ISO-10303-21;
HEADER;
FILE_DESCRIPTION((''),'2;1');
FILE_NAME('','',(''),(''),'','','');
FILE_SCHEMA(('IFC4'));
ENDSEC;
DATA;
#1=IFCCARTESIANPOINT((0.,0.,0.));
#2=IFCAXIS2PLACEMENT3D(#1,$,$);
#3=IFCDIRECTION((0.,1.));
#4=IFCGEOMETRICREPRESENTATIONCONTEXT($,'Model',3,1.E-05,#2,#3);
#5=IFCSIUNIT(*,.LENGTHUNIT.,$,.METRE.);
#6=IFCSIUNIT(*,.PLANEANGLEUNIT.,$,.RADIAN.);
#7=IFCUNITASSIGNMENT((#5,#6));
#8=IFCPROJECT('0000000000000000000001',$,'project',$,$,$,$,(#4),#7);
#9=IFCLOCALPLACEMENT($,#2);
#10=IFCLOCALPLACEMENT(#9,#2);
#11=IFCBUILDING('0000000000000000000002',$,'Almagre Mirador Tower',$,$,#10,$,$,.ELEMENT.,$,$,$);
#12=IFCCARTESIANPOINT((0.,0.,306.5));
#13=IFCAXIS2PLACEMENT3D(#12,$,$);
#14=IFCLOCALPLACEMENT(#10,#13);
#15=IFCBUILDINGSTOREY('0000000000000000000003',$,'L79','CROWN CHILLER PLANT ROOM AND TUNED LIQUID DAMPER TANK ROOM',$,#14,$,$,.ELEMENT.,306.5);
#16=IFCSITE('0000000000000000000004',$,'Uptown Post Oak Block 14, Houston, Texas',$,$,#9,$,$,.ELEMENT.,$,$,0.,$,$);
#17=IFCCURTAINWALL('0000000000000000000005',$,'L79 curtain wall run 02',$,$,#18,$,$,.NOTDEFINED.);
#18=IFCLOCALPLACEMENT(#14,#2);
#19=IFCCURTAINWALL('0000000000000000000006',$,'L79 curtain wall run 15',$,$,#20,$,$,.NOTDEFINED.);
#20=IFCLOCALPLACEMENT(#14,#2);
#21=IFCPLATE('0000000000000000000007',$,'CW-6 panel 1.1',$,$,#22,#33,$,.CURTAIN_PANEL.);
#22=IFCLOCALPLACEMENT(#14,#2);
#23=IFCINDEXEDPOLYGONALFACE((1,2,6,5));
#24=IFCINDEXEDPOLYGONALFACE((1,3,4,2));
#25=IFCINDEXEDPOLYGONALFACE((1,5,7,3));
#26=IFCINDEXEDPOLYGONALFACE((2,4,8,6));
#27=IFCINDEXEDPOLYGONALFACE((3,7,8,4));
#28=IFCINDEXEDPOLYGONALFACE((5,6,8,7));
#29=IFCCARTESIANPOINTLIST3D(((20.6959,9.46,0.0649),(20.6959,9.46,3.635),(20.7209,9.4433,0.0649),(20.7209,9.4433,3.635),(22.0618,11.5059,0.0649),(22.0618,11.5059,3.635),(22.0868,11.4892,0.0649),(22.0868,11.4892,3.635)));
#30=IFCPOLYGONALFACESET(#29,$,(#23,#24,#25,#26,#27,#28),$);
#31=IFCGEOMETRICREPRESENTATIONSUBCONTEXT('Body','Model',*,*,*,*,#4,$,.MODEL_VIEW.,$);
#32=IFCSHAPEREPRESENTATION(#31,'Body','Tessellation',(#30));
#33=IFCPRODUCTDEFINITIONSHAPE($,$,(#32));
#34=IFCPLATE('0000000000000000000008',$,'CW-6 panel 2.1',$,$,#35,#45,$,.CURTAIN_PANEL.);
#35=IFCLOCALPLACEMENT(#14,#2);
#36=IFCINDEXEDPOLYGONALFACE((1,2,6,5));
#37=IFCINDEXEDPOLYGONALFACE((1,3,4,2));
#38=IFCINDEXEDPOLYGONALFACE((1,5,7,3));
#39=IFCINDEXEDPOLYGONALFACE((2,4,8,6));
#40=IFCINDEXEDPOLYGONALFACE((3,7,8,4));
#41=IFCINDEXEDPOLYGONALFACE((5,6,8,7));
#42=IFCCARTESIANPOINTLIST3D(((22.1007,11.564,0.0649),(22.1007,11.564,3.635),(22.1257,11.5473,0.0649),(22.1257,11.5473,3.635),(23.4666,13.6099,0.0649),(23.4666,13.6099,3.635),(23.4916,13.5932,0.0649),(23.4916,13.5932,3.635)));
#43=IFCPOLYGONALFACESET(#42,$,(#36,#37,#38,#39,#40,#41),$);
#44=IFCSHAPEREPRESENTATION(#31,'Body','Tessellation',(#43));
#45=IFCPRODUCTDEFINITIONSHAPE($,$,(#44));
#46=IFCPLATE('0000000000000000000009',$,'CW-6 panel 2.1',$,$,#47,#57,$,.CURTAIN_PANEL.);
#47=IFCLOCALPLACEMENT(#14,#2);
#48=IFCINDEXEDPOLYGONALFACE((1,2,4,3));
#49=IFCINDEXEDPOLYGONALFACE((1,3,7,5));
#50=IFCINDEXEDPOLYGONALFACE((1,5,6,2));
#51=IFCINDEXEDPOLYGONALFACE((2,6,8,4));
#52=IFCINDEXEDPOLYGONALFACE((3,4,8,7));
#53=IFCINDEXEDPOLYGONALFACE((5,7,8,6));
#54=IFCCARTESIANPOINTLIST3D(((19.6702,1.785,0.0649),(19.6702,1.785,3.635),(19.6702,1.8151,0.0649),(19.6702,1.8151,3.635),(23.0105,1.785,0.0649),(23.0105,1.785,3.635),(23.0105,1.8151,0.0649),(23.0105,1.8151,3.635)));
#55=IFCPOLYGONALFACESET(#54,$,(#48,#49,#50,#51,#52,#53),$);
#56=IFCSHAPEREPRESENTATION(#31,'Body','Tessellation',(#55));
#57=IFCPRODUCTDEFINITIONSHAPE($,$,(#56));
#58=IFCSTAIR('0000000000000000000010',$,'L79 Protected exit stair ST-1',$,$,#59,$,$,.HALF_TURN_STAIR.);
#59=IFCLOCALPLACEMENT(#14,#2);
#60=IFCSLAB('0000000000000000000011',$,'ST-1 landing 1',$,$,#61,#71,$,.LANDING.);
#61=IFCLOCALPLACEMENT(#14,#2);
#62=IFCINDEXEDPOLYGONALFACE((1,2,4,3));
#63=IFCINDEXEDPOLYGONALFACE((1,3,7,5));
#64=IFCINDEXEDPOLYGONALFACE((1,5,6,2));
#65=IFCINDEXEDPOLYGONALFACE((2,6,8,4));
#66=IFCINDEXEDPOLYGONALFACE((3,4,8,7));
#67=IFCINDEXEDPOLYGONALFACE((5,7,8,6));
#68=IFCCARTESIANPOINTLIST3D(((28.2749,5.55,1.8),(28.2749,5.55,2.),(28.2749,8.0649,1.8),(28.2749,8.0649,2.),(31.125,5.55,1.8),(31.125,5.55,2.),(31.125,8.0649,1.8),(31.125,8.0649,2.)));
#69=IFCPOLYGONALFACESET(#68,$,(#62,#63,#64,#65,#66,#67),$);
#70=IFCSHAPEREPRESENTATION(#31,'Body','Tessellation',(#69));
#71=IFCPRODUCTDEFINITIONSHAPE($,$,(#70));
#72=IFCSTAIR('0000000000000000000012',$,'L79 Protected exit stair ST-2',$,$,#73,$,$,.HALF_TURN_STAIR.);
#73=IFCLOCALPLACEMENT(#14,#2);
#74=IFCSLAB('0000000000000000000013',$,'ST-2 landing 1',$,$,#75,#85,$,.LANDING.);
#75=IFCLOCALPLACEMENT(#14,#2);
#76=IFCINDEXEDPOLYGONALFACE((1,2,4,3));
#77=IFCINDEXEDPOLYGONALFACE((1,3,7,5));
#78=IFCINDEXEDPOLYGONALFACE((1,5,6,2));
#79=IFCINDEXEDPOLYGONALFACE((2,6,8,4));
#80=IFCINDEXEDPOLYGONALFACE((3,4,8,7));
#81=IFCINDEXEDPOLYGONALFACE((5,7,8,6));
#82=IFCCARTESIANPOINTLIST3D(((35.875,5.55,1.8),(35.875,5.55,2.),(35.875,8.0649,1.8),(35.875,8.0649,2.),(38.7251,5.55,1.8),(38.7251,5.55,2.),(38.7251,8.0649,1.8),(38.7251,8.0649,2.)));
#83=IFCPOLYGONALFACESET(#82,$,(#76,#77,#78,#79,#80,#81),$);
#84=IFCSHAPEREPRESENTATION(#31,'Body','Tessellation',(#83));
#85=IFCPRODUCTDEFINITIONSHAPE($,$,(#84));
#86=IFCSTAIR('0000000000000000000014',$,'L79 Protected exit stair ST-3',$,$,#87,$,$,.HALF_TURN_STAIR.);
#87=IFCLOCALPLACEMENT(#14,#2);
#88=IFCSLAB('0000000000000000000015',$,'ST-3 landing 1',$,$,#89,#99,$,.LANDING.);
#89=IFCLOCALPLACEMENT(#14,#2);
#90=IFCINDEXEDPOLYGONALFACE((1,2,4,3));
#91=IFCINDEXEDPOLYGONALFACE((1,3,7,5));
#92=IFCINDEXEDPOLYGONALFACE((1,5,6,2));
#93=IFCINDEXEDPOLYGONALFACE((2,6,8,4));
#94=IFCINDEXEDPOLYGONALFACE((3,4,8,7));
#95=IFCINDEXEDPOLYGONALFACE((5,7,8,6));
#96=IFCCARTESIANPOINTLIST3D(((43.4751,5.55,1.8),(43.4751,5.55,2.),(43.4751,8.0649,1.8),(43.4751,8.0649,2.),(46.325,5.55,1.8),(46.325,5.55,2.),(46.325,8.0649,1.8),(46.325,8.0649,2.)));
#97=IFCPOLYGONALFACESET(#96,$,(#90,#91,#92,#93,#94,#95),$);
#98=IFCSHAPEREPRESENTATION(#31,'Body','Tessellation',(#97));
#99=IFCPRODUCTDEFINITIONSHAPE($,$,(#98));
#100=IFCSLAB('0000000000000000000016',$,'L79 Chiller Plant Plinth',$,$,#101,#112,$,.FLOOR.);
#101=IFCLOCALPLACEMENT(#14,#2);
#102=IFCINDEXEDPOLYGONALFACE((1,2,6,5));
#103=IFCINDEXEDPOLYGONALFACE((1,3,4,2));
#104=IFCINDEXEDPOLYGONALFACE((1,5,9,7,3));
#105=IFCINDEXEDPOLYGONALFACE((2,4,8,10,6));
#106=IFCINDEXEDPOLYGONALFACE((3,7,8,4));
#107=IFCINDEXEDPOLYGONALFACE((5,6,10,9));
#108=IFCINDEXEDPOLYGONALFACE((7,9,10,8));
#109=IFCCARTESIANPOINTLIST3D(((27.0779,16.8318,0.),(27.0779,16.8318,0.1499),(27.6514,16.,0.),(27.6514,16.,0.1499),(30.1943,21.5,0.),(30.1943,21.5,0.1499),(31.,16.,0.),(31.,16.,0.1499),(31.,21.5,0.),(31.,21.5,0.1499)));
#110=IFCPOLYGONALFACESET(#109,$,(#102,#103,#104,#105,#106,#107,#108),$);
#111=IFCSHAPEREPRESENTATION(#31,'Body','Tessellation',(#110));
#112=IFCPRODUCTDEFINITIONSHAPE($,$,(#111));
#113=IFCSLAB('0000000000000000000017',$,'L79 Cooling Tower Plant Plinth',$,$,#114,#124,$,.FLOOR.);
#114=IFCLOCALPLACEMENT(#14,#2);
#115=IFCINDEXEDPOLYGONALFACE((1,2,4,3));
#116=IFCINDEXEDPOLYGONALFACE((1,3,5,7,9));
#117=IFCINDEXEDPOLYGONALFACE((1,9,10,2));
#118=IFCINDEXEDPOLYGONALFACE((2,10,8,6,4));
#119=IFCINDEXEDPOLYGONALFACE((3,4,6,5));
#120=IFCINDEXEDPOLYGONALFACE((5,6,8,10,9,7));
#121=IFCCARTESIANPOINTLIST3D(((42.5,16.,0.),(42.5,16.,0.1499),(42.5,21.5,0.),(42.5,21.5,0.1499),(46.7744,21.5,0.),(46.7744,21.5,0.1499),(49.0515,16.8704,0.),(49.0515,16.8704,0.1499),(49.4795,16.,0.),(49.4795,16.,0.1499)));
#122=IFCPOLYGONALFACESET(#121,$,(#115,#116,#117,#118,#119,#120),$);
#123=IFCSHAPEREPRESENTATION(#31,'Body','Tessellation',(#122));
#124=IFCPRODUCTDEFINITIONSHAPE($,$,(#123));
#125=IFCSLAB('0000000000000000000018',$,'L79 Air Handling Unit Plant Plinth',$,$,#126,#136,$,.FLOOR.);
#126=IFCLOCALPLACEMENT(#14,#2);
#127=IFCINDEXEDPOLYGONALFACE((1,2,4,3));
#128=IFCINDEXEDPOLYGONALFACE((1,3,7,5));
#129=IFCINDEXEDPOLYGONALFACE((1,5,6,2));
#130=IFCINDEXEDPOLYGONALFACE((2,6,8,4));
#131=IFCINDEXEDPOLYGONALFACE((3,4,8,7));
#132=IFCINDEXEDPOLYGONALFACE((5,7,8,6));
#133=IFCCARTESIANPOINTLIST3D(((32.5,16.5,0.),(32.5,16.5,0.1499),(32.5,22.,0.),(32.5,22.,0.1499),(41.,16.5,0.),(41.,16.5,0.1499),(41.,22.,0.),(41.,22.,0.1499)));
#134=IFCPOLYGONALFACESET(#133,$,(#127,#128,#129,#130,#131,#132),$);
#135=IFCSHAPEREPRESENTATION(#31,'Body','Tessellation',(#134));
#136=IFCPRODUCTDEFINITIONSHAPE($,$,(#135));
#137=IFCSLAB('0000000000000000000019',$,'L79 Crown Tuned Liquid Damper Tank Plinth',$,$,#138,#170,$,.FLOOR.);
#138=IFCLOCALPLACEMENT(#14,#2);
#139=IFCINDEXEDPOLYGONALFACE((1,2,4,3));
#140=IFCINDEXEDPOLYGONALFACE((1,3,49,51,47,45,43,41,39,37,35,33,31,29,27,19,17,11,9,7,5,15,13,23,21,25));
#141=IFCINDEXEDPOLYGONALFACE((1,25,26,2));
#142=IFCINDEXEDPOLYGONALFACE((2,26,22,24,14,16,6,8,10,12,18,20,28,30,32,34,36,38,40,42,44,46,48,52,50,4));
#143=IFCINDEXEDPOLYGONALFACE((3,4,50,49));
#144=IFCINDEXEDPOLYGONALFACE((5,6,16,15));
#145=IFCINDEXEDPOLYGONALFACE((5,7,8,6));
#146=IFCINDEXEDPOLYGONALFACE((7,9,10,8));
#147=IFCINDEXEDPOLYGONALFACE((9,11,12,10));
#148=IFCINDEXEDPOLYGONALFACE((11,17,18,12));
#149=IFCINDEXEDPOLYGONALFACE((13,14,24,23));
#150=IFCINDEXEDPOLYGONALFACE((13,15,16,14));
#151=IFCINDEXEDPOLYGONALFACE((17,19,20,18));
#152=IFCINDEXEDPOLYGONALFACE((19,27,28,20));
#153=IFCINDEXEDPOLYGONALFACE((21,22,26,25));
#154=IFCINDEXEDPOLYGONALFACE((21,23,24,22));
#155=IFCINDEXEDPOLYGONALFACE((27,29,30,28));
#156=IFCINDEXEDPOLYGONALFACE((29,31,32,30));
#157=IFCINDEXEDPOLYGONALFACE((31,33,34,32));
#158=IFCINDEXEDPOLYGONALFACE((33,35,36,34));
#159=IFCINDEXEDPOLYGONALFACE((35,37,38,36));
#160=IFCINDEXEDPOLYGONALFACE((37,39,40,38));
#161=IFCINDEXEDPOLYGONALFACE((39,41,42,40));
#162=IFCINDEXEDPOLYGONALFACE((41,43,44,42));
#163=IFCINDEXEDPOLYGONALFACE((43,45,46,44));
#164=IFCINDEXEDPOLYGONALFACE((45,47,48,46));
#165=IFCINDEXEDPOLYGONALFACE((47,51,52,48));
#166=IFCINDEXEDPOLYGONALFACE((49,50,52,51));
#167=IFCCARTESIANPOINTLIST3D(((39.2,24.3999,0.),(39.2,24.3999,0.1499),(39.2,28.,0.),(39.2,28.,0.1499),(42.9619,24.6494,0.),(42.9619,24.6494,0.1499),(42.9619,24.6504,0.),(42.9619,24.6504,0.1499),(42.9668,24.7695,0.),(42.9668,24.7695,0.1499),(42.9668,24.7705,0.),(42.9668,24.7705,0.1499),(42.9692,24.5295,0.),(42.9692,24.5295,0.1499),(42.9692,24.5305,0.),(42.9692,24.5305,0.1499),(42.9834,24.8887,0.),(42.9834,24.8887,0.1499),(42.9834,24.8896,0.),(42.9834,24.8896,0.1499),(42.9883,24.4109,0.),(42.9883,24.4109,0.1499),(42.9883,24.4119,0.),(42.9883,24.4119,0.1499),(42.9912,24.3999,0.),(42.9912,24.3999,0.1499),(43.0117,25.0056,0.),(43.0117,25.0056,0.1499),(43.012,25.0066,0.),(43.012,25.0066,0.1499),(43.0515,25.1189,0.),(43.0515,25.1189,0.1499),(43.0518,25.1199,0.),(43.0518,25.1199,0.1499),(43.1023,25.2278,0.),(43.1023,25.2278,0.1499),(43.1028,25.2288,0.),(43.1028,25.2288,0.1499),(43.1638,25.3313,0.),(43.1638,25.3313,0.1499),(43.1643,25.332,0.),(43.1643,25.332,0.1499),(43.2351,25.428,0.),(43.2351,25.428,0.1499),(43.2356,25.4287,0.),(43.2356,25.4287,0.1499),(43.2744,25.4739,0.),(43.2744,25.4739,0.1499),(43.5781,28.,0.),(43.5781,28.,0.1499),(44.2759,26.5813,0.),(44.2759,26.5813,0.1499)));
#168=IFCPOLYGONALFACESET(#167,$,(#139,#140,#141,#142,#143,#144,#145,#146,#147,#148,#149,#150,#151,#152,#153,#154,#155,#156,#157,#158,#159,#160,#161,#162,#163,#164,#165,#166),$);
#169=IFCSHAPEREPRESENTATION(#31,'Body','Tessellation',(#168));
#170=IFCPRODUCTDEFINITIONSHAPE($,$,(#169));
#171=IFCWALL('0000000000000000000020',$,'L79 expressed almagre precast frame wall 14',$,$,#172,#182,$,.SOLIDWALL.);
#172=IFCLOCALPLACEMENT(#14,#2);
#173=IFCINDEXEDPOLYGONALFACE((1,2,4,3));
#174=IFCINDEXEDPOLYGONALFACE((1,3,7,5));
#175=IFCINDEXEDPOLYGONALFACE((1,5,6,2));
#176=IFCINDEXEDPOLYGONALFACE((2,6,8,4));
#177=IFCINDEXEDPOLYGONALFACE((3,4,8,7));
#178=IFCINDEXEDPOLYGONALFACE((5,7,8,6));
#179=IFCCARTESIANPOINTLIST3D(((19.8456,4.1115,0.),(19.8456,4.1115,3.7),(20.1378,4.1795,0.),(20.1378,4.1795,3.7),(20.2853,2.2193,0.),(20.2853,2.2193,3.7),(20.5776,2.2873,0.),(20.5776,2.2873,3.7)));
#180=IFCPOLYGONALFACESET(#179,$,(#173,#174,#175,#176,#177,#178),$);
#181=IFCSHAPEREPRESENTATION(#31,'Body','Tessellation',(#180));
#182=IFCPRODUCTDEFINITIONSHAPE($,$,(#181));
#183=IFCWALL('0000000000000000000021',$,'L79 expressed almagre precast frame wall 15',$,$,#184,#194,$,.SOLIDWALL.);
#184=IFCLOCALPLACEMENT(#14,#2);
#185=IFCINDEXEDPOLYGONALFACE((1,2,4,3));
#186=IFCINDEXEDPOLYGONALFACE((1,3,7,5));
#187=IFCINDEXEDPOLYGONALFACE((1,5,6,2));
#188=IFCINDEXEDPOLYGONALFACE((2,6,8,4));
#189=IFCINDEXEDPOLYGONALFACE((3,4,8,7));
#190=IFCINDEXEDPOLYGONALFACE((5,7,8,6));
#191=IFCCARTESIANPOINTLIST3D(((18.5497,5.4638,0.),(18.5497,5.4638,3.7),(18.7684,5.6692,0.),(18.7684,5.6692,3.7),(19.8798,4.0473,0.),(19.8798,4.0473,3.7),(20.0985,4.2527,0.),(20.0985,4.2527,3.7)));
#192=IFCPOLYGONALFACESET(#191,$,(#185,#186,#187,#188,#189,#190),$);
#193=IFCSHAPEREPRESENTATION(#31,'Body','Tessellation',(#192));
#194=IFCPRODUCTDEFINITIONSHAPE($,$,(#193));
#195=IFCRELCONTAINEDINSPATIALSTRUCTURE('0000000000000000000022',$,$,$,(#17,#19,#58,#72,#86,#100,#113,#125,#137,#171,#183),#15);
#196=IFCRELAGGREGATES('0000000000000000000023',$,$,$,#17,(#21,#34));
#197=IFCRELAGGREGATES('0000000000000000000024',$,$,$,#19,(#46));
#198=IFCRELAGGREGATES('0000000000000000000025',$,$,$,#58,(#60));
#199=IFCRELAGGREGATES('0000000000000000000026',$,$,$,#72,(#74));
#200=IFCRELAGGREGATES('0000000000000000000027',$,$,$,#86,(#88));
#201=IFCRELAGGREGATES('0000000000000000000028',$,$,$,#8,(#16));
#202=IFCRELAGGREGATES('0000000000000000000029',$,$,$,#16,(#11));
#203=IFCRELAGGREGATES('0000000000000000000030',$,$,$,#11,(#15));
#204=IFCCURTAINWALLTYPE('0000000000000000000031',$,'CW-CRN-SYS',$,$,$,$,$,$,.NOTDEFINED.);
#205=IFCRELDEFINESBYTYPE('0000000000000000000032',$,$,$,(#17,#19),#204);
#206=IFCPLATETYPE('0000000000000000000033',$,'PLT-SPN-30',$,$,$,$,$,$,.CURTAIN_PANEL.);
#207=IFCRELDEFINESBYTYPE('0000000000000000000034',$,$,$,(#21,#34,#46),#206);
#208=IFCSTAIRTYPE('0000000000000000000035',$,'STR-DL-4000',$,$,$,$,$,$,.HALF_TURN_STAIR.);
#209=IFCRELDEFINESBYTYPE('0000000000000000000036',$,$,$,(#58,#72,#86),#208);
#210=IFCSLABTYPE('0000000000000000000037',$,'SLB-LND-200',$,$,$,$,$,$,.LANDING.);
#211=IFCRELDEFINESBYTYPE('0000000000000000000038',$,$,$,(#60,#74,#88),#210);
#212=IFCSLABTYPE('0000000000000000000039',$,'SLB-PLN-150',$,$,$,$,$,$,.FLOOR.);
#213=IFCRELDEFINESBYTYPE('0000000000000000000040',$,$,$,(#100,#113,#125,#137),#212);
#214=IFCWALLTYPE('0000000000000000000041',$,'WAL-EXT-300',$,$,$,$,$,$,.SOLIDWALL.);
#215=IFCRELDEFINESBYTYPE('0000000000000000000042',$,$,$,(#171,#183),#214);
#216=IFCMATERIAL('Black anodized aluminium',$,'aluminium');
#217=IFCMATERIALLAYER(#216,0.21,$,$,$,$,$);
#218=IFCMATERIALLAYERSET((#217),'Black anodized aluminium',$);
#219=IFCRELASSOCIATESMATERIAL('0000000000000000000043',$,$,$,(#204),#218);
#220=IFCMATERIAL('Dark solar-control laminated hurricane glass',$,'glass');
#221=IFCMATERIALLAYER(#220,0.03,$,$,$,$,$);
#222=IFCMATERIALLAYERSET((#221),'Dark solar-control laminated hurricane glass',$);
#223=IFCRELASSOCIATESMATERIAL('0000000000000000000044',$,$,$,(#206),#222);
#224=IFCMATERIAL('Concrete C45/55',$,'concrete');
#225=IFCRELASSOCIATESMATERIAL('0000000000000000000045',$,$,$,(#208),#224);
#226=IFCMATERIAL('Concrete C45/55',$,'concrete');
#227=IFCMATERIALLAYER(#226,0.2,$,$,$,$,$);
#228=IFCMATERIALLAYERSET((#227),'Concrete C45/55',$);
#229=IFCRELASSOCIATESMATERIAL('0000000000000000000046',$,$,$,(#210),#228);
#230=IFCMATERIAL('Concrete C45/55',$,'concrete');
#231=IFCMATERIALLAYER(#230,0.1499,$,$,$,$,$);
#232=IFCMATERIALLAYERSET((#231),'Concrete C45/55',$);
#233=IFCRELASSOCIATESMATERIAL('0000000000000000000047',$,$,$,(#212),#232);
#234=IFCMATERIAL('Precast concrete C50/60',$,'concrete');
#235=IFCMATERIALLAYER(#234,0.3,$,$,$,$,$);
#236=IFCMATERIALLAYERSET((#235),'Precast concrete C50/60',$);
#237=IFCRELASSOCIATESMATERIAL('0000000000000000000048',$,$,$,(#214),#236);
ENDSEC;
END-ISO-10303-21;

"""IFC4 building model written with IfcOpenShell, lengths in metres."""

from ifc_helpers import new_model, si_unit, direction, frame, frame_2d, origin, origin_2d, place, context, subcontext, project, spatial, polyline, rectangle, outline, extrude, material, layer, layer_set, type_object, element, aggregate, save


model = new_model("IFC4")

# Units and contexts
model_context = context("Model", 3, precision=1e-05, world=origin(), true_north=direction((0.0, 1.0)))
body_context = subcontext(model_context, "Body", "Model", "MODEL_VIEW")
ifc_project = project(units=[si_unit("LENGTHUNIT", "METRE"), si_unit("PLANEANGLEUNIT", "RADIAN")], contexts=[model_context])

# Site, building, storey
site_placement = place(None, origin())
site = spatial("IfcSite", under=ifc_project, at=site_placement, Name="Uptown Post Oak Block 14, Houston, Texas", CompositionType="ELEMENT", RefElevation=0.0)
building_placement = place(site_placement, origin())
building = spatial("IfcBuilding", under=site, at=building_placement, Name="Almagre Mirador Tower", CompositionType="ELEMENT")
storey_placement = place(building_placement, frame((0.0, 0.0, 306.5)))
storey = spatial("IfcBuildingStorey", under=building, at=storey_placement, Name="L79", Description="CROWN CHILLER PLANT ROOM AND TUNED LIQUID DAMPER TANK ROOM", CompositionType="ELEMENT", Elevation=306.5)

# Curtain wall
ifc_material_1 = material(Name="Black anodized aluminium", Category="aluminium")
ifc_layer_1 = layer(ifc_material_1, 0.21)
ifc_layer_set_1 = layer_set([ifc_layer_1], Name="Black anodized aluminium")
curtain_wall_type = type_object("IfcCurtainWallType", Name="CW-CRN-SYS", PredefinedType="NOTDEFINED", material=ifc_layer_set_1)
curtain_wall_1_placement = place(storey_placement, origin())
curtain_wall_1 = element("IfcCurtainWall", 1, at=curtain_wall_1_placement, inside=storey, type_object=curtain_wall_type, Name="L79 curtain wall run 02", PredefinedType="NOTDEFINED")

# Curtain wall
curtain_wall_2_placement = place(storey_placement, origin())
curtain_wall_2 = element("IfcCurtainWall", 2, at=curtain_wall_2_placement, inside=storey, type_object=curtain_wall_type, Name="L79 curtain wall run 15", PredefinedType="NOTDEFINED")

# Plates
ifc_material_2 = material(Name="Dark solar-control laminated hurricane glass", Category="glass")
ifc_layer_2 = layer(ifc_material_2, 0.03)
ifc_layer_set_2 = layer_set([ifc_layer_2], Name="Dark solar-control laminated hurricane glass")
plate_type = type_object("IfcPlateType", Name="PLT-SPN-30", PredefinedType="CURTAIN_PANEL", material=ifc_layer_set_2)
plate_1_placement = place(storey_placement, frame((21.3914, 10.4746, 0.0649), z_axis=(0.0, 0.0, 1.0), x_axis=(0.555267, 0.831672, 0.0)))
plate_1 = element("IfcPlate", 3, at=plate_1_placement, type_object=plate_type, Name="CW-6 panel 1.1", PredefinedType="CURTAIN_PANEL", context=body_context, shape_type="SweptSolid", body=[
    extrude(rectangle(XDim=2.46, YDim=0.03, at=origin_2d()), origin(), (0.0, 0.0, 1.0), 3.5701),
])
plate_2_placement = place(storey_placement, frame((22.7961, 12.5786, 0.0649), z_axis=(0.0, 0.0, 1.0), x_axis=(0.555267, 0.831672, 0.0)))
plate_2 = element("IfcPlate", 4, at=plate_2_placement, type_object=plate_type, Name="CW-6 panel 2.1", PredefinedType="CURTAIN_PANEL", context=body_context, shape_type="SweptSolid", body=[
    extrude(rectangle(XDim=2.46, YDim=0.03, at=origin_2d()), origin(), (0.0, 0.0, 1.0), 3.5701),
])
aggregate(curtain_wall_1, [plate_1, plate_2])
plate_3_placement = place(storey_placement, frame((21.3403, 1.8, 0.0649), z_axis=(0.0, 0.0, 1.0), x_axis=(-1.0, 0.0, 0.0)))
plate_3 = element("IfcPlate", 5, at=plate_3_placement, type_object=plate_type, Name="CW-6 panel 2.1", PredefinedType="CURTAIN_PANEL", context=body_context, shape_type="SweptSolid", body=[
    extrude(rectangle(XDim=3.3403, YDim=0.03, at=origin_2d()), origin(), (0.0, 0.0, 1.0), 3.5701),
])
aggregate(curtain_wall_2, [plate_3])

# Stairs, slabs
ifc_material_3 = material(Name="Concrete C45/55", Category="concrete")
stair_type = type_object("IfcStairType", Name="STR-DL-4000", PredefinedType="HALF_TURN_STAIR", material=ifc_material_3)
stair_1_placement = place(storey_placement, origin())
stair_1 = element("IfcStair", 6, at=stair_1_placement, inside=storey, type_object=stair_type, Name="L79 Protected exit stair ST-1", PredefinedType="HALF_TURN_STAIR")
ifc_material_4 = material(Name="Concrete C45/55", Category="concrete")
ifc_layer_3 = layer(ifc_material_4, 0.2)
ifc_layer_set_3 = layer_set([ifc_layer_3], Name="Concrete C45/55")
slab_type_1 = type_object("IfcSlabType", Name="SLB-LND-200", PredefinedType="LANDING", material=ifc_layer_set_3)
slab_1_placement = place(storey_placement, frame((0.0, 0.0, 1.8)))
slab_1 = element("IfcSlab", 7, at=slab_1_placement, type_object=slab_type_1, Name="ST-1 landing 1", PredefinedType="LANDING", context=body_context, shape_type="SweptSolid", body=[
    extrude(outline(polyline([(28.2749, 8.0649), (28.2749, 5.55), (31.125, 5.55), (31.125, 8.0649), (28.2749, 8.0649)])), origin(), (0.0, 0.0, 1.0), 0.2),
])
aggregate(stair_1, [slab_1])
stair_2_placement = place(storey_placement, origin())
stair_2 = element("IfcStair", 8, at=stair_2_placement, inside=storey, type_object=stair_type, Name="L79 Protected exit stair ST-2", PredefinedType="HALF_TURN_STAIR")
slab_2_placement = place(storey_placement, frame((0.0, 0.0, 1.8)))
slab_2 = element("IfcSlab", 9, at=slab_2_placement, type_object=slab_type_1, Name="ST-2 landing 1", PredefinedType="LANDING", context=body_context, shape_type="SweptSolid", body=[
    extrude(outline(polyline([(35.875, 8.0649), (35.875, 5.55), (38.7251, 5.55), (38.7251, 8.0649), (35.875, 8.0649)])), origin(), (0.0, 0.0, 1.0), 0.2),
])
aggregate(stair_2, [slab_2])
stair_3_placement = place(storey_placement, origin())
stair_3 = element("IfcStair", 10, at=stair_3_placement, inside=storey, type_object=stair_type, Name="L79 Protected exit stair ST-3", PredefinedType="HALF_TURN_STAIR")
slab_3_placement = place(storey_placement, frame((0.0, 0.0, 1.8)))
slab_3 = element("IfcSlab", 11, at=slab_3_placement, type_object=slab_type_1, Name="ST-3 landing 1", PredefinedType="LANDING", context=body_context, shape_type="SweptSolid", body=[
    extrude(outline(polyline([(43.4751, 8.0649), (43.4751, 5.55), (46.325, 5.55), (46.325, 8.0649), (43.4751, 8.0649)])), origin(), (0.0, 0.0, 1.0), 0.2),
])
aggregate(stair_3, [slab_3])

# Slabs
ifc_material_5 = material(Name="Concrete C45/55", Category="concrete")
ifc_layer_4 = layer(ifc_material_5, 0.1499)
ifc_layer_set_4 = layer_set([ifc_layer_4], Name="Concrete C45/55")
slab_type_2 = type_object("IfcSlabType", Name="SLB-PLN-150", PredefinedType="FLOOR", material=ifc_layer_set_4)
slab_4_placement = place(storey_placement, origin())
element("IfcSlab", 12, at=slab_4_placement, inside=storey, type_object=slab_type_2, Name="L79 Chiller Plant Plinth", PredefinedType="FLOOR", context=body_context, shape_type="SweptSolid", body=[
    extrude(outline(polyline([(30.1943, 21.5), (27.0779, 16.8318), (27.6514, 16.0), (31.0, 16.0), (31.0, 21.5), (30.1943, 21.5)])), origin(), (0.0, 0.0, 1.0), 0.1499),
])
slab_5_placement = place(storey_placement, origin())
element("IfcSlab", 13, at=slab_5_placement, inside=storey, type_object=slab_type_2, Name="L79 Cooling Tower Plant Plinth", PredefinedType="FLOOR", context=body_context, shape_type="SweptSolid", body=[
    extrude(outline(polyline([(49.4795, 16.0), (49.0515, 16.8704), (46.7744, 21.5), (42.5, 21.5), (42.5, 16.0), (49.4795, 16.0)])), origin(), (0.0, 0.0, 1.0), 0.1499),
])
slab_6_placement = place(storey_placement, origin())
element("IfcSlab", 14, at=slab_6_placement, inside=storey, type_object=slab_type_2, Name="L79 Air Handling Unit Plant Plinth", PredefinedType="FLOOR", context=body_context, shape_type="SweptSolid", body=[
    extrude(outline(polyline([(32.5, 16.5), (41.0, 16.5), (41.0, 22.0), (32.5, 22.0), (32.5, 16.5)])), origin(), (0.0, 0.0, 1.0), 0.1499),
])
slab_7_placement = place(storey_placement, origin())
element("IfcSlab", 15, at=slab_7_placement, inside=storey, type_object=slab_type_2, Name="L79 Crown Tuned Liquid Damper Tank Plinth", PredefinedType="FLOOR", context=body_context, shape_type="SweptSolid", body=[
    extrude(outline(polyline([(42.9912, 24.3999), (42.9883, 24.4109), (42.9883, 24.4119), (42.9692, 24.5295), (42.9692, 24.5305), (42.9619, 24.6494), (42.9619, 24.6504), (42.9668, 24.7695), (42.9668, 24.7705), (42.9834, 24.8887), (42.9834, 24.8896), (43.0117, 25.0056), (43.012, 25.0066), (43.0515, 25.1189), (43.0518, 25.1199), (43.1023, 25.2278), (43.1028, 25.2288), (43.1638, 25.3313), (43.1643, 25.332), (43.2351, 25.428), (43.2356, 25.4287), (43.2744, 25.4739), (44.2759, 26.5813), (43.5781, 28.0), (39.2, 28.0), (39.2, 24.3999), (42.9912, 24.3999)])), origin(), (0.0, 0.0, 1.0), 0.1499),
])

# Walls
ifc_material_6 = material(Name="Precast concrete C50/60", Category="concrete")
ifc_layer_5 = layer(ifc_material_6, 0.3)
ifc_layer_set_5 = layer_set([ifc_layer_5], Name="Precast concrete C50/60")
wall_type = type_object("IfcWallType", Name="WAL-EXT-300", PredefinedType="SOLIDWALL", material=ifc_layer_set_5)
wall_1_placement = place(storey_placement, frame((20.4314, 2.2534, 0.0), z_axis=(0.0, 0.0, 1.0), x_axis=(-0.226355, 0.974045, 0.0)))
element("IfcWall", 16, at=wall_1_placement, inside=storey, type_object=wall_type, Name="L79 expressed almagre precast frame wall 14", PredefinedType="SOLIDWALL", context=body_context, shape_type="SweptSolid", body=[
    extrude(rectangle(XDim=1.9426, YDim=0.3, at=frame_2d((0.9712, 0.0))), origin(), (0.0, 0.0, 1.0), 3.7),
])
wall_2_placement = place(storey_placement, frame((19.9893, 4.1499, 0.0), z_axis=(0.0, 0.0, 1.0), x_axis=(-0.684518, 0.728996, 0.0)))
element("IfcWall", 17, at=wall_2_placement, inside=storey, type_object=wall_type, Name="L79 expressed almagre precast frame wall 15", PredefinedType="SOLIDWALL", context=body_context, shape_type="SweptSolid", body=[
    extrude(rectangle(XDim=1.9431, YDim=0.3, at=frame_2d((0.9717, 0.0))), origin(), (0.0, 0.0, 1.0), 3.7),
])

save(model, "model.ifc")
